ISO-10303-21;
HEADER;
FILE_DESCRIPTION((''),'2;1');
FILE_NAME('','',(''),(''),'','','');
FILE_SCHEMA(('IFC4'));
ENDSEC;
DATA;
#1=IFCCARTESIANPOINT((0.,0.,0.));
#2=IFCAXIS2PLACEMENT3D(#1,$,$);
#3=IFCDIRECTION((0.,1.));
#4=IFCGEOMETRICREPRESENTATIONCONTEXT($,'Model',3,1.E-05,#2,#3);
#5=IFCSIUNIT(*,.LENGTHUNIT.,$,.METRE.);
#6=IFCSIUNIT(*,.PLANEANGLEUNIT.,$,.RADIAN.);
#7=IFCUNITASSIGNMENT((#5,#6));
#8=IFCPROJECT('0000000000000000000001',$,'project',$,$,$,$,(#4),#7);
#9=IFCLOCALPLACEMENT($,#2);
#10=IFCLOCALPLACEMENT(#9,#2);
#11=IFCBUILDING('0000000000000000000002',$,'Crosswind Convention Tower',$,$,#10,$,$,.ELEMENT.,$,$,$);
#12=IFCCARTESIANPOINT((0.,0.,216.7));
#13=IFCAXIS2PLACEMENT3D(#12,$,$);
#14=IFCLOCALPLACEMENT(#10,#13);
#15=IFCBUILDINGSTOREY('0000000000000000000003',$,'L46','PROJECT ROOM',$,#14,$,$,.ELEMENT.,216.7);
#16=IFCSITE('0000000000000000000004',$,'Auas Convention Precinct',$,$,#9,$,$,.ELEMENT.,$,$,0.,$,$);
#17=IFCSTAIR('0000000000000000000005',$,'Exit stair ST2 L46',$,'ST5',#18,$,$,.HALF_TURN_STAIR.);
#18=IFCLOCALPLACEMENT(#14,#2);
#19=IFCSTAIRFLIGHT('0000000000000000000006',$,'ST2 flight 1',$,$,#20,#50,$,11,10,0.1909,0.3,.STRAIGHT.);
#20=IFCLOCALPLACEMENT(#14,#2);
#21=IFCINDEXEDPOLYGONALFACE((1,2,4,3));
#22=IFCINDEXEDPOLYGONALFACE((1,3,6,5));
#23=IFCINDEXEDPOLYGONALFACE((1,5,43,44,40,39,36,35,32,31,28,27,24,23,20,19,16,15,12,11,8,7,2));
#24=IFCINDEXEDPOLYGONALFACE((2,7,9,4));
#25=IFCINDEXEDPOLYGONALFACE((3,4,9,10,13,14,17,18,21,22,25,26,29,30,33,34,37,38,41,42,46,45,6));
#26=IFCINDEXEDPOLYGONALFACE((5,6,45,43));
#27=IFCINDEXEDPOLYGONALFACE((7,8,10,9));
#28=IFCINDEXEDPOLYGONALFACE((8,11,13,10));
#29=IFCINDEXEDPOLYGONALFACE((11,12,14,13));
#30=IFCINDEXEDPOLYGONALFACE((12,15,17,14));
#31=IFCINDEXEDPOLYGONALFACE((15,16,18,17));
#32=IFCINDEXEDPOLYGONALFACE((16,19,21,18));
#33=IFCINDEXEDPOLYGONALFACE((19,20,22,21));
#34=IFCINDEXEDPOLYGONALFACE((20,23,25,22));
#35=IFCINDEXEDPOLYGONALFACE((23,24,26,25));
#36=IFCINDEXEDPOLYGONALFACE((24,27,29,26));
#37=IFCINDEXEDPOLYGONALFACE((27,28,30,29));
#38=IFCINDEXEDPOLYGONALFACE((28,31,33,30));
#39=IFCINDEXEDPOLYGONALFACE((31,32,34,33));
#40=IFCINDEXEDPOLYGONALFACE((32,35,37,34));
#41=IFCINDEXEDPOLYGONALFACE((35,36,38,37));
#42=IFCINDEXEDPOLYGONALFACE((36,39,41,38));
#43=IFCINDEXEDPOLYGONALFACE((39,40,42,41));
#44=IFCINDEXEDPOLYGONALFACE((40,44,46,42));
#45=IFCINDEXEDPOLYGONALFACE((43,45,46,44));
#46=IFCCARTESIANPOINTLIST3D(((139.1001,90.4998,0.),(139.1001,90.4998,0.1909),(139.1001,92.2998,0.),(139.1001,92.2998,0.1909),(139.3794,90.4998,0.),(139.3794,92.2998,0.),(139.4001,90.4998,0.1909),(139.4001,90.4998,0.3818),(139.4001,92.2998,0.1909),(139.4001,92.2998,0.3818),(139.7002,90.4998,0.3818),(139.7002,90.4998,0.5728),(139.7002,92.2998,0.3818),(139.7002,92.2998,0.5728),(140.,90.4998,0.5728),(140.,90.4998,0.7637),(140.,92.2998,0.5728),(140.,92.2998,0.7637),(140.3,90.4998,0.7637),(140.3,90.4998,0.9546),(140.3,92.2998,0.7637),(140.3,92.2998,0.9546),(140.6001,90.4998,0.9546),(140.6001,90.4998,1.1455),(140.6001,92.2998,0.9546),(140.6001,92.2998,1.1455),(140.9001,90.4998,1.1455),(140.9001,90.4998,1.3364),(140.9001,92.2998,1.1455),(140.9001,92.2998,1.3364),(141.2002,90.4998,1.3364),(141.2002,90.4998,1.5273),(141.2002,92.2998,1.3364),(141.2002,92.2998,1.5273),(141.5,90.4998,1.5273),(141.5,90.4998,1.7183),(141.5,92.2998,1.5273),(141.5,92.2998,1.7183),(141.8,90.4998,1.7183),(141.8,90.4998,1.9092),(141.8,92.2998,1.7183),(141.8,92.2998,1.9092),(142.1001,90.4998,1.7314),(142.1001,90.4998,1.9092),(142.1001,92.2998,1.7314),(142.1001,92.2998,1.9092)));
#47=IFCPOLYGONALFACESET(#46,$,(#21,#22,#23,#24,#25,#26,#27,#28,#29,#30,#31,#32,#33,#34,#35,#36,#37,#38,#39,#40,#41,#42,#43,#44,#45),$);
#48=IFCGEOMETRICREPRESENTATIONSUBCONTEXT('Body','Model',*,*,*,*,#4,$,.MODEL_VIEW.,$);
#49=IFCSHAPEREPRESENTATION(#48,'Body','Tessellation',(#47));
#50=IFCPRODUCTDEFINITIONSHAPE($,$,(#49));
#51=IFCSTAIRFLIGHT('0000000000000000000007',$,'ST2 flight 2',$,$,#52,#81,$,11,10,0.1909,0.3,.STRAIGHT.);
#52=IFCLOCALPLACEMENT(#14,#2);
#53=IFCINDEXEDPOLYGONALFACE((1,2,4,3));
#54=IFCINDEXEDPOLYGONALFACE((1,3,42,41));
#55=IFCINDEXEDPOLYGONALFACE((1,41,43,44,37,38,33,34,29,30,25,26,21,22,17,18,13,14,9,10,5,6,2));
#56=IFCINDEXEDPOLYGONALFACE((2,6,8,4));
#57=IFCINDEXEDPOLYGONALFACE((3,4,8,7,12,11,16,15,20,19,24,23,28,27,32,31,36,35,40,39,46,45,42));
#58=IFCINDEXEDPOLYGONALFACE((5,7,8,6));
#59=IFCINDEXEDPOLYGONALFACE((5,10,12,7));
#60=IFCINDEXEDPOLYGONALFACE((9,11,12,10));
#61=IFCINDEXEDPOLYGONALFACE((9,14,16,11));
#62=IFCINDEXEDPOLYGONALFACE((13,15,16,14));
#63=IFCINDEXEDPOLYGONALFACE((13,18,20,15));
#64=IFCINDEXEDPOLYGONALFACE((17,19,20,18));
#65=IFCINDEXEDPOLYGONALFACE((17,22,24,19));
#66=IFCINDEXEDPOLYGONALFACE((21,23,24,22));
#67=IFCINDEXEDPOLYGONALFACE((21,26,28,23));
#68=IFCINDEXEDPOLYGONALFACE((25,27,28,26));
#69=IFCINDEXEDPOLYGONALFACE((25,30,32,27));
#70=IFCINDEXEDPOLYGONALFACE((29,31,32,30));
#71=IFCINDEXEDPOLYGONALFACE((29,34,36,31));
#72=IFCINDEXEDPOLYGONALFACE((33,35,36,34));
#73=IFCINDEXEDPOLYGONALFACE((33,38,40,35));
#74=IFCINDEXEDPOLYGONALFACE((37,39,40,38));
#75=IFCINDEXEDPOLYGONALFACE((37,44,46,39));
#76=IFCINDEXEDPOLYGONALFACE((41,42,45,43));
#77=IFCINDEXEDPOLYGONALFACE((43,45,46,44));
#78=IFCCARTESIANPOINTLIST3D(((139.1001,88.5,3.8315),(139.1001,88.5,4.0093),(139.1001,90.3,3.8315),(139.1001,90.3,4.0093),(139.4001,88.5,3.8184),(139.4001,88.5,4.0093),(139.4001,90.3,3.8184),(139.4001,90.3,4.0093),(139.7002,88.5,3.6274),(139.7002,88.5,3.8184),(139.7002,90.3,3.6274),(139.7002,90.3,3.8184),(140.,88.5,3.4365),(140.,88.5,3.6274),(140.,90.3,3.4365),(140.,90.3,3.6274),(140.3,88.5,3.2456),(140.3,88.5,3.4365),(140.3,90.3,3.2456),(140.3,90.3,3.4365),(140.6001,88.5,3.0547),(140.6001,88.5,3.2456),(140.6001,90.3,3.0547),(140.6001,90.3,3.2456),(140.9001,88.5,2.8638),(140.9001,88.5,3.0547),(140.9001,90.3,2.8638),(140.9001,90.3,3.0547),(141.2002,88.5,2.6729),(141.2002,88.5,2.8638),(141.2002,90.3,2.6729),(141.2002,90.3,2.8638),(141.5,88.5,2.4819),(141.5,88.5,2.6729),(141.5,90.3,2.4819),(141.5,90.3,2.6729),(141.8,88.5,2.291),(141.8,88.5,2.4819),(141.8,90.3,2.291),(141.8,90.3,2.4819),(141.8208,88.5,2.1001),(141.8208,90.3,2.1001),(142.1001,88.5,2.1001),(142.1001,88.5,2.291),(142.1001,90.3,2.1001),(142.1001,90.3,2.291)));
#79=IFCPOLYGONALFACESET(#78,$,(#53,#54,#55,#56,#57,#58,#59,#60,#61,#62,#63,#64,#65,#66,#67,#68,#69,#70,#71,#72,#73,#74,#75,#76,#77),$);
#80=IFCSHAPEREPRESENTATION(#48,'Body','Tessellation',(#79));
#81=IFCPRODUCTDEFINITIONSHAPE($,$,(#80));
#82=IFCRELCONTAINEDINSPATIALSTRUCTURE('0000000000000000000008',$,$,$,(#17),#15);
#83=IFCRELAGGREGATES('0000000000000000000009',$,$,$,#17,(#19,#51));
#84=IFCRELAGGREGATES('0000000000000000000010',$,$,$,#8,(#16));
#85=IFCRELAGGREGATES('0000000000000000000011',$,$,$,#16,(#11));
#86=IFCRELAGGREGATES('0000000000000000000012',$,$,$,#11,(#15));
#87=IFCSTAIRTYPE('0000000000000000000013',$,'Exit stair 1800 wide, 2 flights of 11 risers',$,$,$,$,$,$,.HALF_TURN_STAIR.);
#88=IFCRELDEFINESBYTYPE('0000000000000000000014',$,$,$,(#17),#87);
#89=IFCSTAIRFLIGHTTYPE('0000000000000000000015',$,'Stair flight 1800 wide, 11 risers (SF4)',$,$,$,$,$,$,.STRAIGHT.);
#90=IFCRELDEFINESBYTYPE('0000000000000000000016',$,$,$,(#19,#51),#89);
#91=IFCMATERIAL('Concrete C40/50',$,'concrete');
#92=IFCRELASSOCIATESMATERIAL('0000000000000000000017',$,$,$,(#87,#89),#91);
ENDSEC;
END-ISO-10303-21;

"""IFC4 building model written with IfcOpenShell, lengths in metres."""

from ifc_helpers import new_model, si_unit, direction, frame, origin, place, context, subcontext, project, spatial, polyline, outline, extrude, material, type_object, element, aggregate, save


model = new_model("IFC4")

# Units and contexts
model_context = context("Model", 3, precision=1e-05, world=origin(), true_north=direction((0.0, 1.0)))
body_context = subcontext(model_context, "Body", "Model", "MODEL_VIEW")
ifc_project = project(units=[si_unit("LENGTHUNIT", "METRE"), si_unit("PLANEANGLEUNIT", "RADIAN")], contexts=[model_context])

# Site, building, storey
site_placement = place(None, origin())
site = spatial("IfcSite", under=ifc_project, at=site_placement, Name="Auas Convention Precinct", CompositionType="ELEMENT", RefElevation=0.0)
building_placement = place(site_placement, origin())
building = spatial("IfcBuilding", under=site, at=building_placement, Name="Crosswind Convention Tower", CompositionType="ELEMENT")
storey_placement = place(building_placement, frame((0.0, 0.0, 216.7)))
storey = spatial("IfcBuildingStorey", under=building, at=storey_placement, Name="L46", Description="PROJECT ROOM", CompositionType="ELEMENT", Elevation=216.7)

# Stair, stair flights
ifc_material_1 = material(Name="Concrete C40/50", Category="concrete")
stair_type = type_object("IfcStairType", Name="Exit stair 1800 wide, 2 flights of 11 risers", PredefinedType="HALF_TURN_STAIR", material=ifc_material_1)
stair_placement = place(storey_placement, origin())
stair = element("IfcStair", 1, at=stair_placement, inside=storey, type_object=stair_type, Name="Exit stair ST2 L46", ObjectType="ST5", PredefinedType="HALF_TURN_STAIR")
stair_flight_type = type_object("IfcStairFlightType", Name="Stair flight 1800 wide, 11 risers (SF4)", PredefinedType="STRAIGHT", material=ifc_material_1)
stair_flight_1_placement = place(storey_placement, frame((139.1001, 91.3999, 0.0), z_axis=(0.0, 0.0, 1.0), x_axis=(1.0, 0.0, 0.0)))
stair_flight_1 = element("IfcStairFlight", 2, at=stair_flight_1_placement, type_object=stair_flight_type, Name="ST2 flight 1", NumberOfRisers=11, NumberOfTreads=10, PredefinedType="STRAIGHT", RiserHeight=0.1909, TreadLength=0.3, context=body_context, shape_type="SweptSolid", body=[
    extrude(outline(polyline([(0.0, 0.0), (0.0, 0.1909), (0.3, 0.1909), (0.3, 0.3818), (0.6001, 0.3818), (0.6001, 0.5728), (0.8999, 0.5728), (0.8999, 0.7637), (1.2, 0.7637), (1.2, 0.9546), (1.5, 0.9546), (1.5, 1.1455), (1.8, 1.1455), (1.8, 1.3364), (2.1001, 1.3364), (2.1001, 1.5273), (2.3999, 1.5273), (2.3999, 1.7183), (2.7, 1.7183), (2.7, 1.9092), (3.0, 1.9092), (3.0, 2.1001), (3.0, 1.7314), (0.2793, 0.0), (0.0, 0.0)])), frame((0.0, 0.8999, 0.0), z_axis=(0.0, -1.0, 0.0), x_axis=(1.0, 0.0, 0.0)), (0.0, 0.0, 1.0), 1.8),
])
stair_flight_2_placement = place(storey_placement, frame((142.1001, 89.3999, 2.1001), z_axis=(0.0, 0.0, 1.0), x_axis=(-1.0, 0.0, 0.0)))
stair_flight_2 = element("IfcStairFlight", 3, at=stair_flight_2_placement, type_object=stair_flight_type, Name="ST2 flight 2", NumberOfRisers=11, NumberOfTreads=10, PredefinedType="STRAIGHT", RiserHeight=0.1909, TreadLength=0.3, context=body_context, shape_type="SweptSolid", body=[
    extrude(outline(polyline([(0.0, 0.0), (0.0, 0.1909), (0.3, 0.1909), (0.3, 0.3818), (0.6001, 0.3818), (0.6001, 0.5728), (0.8999, 0.5728), (0.8999, 0.7637), (1.2, 0.7637), (1.2, 0.9546), (1.5, 0.9546), (1.5, 1.1455), (1.8, 1.1455), (1.8, 1.3364), (2.1001, 1.3364), (2.1001, 1.5273), (2.3999, 1.5273), (2.3999, 1.7183), (2.7, 1.7183), (2.7, 1.9092), (3.0, 1.9092), (3.0, 2.1001), (3.0, 1.7314), (0.2793, 0.0), (0.0, 0.0)])), frame((0.0, 0.8999, 0.0), z_axis=(0.0, -1.0, 0.0), x_axis=(1.0, 0.0, 0.0)), (0.0, 0.0, 1.0), 1.8),
])
aggregate(stair, [stair_flight_1, stair_flight_2])

save(model, "model.ifc")
